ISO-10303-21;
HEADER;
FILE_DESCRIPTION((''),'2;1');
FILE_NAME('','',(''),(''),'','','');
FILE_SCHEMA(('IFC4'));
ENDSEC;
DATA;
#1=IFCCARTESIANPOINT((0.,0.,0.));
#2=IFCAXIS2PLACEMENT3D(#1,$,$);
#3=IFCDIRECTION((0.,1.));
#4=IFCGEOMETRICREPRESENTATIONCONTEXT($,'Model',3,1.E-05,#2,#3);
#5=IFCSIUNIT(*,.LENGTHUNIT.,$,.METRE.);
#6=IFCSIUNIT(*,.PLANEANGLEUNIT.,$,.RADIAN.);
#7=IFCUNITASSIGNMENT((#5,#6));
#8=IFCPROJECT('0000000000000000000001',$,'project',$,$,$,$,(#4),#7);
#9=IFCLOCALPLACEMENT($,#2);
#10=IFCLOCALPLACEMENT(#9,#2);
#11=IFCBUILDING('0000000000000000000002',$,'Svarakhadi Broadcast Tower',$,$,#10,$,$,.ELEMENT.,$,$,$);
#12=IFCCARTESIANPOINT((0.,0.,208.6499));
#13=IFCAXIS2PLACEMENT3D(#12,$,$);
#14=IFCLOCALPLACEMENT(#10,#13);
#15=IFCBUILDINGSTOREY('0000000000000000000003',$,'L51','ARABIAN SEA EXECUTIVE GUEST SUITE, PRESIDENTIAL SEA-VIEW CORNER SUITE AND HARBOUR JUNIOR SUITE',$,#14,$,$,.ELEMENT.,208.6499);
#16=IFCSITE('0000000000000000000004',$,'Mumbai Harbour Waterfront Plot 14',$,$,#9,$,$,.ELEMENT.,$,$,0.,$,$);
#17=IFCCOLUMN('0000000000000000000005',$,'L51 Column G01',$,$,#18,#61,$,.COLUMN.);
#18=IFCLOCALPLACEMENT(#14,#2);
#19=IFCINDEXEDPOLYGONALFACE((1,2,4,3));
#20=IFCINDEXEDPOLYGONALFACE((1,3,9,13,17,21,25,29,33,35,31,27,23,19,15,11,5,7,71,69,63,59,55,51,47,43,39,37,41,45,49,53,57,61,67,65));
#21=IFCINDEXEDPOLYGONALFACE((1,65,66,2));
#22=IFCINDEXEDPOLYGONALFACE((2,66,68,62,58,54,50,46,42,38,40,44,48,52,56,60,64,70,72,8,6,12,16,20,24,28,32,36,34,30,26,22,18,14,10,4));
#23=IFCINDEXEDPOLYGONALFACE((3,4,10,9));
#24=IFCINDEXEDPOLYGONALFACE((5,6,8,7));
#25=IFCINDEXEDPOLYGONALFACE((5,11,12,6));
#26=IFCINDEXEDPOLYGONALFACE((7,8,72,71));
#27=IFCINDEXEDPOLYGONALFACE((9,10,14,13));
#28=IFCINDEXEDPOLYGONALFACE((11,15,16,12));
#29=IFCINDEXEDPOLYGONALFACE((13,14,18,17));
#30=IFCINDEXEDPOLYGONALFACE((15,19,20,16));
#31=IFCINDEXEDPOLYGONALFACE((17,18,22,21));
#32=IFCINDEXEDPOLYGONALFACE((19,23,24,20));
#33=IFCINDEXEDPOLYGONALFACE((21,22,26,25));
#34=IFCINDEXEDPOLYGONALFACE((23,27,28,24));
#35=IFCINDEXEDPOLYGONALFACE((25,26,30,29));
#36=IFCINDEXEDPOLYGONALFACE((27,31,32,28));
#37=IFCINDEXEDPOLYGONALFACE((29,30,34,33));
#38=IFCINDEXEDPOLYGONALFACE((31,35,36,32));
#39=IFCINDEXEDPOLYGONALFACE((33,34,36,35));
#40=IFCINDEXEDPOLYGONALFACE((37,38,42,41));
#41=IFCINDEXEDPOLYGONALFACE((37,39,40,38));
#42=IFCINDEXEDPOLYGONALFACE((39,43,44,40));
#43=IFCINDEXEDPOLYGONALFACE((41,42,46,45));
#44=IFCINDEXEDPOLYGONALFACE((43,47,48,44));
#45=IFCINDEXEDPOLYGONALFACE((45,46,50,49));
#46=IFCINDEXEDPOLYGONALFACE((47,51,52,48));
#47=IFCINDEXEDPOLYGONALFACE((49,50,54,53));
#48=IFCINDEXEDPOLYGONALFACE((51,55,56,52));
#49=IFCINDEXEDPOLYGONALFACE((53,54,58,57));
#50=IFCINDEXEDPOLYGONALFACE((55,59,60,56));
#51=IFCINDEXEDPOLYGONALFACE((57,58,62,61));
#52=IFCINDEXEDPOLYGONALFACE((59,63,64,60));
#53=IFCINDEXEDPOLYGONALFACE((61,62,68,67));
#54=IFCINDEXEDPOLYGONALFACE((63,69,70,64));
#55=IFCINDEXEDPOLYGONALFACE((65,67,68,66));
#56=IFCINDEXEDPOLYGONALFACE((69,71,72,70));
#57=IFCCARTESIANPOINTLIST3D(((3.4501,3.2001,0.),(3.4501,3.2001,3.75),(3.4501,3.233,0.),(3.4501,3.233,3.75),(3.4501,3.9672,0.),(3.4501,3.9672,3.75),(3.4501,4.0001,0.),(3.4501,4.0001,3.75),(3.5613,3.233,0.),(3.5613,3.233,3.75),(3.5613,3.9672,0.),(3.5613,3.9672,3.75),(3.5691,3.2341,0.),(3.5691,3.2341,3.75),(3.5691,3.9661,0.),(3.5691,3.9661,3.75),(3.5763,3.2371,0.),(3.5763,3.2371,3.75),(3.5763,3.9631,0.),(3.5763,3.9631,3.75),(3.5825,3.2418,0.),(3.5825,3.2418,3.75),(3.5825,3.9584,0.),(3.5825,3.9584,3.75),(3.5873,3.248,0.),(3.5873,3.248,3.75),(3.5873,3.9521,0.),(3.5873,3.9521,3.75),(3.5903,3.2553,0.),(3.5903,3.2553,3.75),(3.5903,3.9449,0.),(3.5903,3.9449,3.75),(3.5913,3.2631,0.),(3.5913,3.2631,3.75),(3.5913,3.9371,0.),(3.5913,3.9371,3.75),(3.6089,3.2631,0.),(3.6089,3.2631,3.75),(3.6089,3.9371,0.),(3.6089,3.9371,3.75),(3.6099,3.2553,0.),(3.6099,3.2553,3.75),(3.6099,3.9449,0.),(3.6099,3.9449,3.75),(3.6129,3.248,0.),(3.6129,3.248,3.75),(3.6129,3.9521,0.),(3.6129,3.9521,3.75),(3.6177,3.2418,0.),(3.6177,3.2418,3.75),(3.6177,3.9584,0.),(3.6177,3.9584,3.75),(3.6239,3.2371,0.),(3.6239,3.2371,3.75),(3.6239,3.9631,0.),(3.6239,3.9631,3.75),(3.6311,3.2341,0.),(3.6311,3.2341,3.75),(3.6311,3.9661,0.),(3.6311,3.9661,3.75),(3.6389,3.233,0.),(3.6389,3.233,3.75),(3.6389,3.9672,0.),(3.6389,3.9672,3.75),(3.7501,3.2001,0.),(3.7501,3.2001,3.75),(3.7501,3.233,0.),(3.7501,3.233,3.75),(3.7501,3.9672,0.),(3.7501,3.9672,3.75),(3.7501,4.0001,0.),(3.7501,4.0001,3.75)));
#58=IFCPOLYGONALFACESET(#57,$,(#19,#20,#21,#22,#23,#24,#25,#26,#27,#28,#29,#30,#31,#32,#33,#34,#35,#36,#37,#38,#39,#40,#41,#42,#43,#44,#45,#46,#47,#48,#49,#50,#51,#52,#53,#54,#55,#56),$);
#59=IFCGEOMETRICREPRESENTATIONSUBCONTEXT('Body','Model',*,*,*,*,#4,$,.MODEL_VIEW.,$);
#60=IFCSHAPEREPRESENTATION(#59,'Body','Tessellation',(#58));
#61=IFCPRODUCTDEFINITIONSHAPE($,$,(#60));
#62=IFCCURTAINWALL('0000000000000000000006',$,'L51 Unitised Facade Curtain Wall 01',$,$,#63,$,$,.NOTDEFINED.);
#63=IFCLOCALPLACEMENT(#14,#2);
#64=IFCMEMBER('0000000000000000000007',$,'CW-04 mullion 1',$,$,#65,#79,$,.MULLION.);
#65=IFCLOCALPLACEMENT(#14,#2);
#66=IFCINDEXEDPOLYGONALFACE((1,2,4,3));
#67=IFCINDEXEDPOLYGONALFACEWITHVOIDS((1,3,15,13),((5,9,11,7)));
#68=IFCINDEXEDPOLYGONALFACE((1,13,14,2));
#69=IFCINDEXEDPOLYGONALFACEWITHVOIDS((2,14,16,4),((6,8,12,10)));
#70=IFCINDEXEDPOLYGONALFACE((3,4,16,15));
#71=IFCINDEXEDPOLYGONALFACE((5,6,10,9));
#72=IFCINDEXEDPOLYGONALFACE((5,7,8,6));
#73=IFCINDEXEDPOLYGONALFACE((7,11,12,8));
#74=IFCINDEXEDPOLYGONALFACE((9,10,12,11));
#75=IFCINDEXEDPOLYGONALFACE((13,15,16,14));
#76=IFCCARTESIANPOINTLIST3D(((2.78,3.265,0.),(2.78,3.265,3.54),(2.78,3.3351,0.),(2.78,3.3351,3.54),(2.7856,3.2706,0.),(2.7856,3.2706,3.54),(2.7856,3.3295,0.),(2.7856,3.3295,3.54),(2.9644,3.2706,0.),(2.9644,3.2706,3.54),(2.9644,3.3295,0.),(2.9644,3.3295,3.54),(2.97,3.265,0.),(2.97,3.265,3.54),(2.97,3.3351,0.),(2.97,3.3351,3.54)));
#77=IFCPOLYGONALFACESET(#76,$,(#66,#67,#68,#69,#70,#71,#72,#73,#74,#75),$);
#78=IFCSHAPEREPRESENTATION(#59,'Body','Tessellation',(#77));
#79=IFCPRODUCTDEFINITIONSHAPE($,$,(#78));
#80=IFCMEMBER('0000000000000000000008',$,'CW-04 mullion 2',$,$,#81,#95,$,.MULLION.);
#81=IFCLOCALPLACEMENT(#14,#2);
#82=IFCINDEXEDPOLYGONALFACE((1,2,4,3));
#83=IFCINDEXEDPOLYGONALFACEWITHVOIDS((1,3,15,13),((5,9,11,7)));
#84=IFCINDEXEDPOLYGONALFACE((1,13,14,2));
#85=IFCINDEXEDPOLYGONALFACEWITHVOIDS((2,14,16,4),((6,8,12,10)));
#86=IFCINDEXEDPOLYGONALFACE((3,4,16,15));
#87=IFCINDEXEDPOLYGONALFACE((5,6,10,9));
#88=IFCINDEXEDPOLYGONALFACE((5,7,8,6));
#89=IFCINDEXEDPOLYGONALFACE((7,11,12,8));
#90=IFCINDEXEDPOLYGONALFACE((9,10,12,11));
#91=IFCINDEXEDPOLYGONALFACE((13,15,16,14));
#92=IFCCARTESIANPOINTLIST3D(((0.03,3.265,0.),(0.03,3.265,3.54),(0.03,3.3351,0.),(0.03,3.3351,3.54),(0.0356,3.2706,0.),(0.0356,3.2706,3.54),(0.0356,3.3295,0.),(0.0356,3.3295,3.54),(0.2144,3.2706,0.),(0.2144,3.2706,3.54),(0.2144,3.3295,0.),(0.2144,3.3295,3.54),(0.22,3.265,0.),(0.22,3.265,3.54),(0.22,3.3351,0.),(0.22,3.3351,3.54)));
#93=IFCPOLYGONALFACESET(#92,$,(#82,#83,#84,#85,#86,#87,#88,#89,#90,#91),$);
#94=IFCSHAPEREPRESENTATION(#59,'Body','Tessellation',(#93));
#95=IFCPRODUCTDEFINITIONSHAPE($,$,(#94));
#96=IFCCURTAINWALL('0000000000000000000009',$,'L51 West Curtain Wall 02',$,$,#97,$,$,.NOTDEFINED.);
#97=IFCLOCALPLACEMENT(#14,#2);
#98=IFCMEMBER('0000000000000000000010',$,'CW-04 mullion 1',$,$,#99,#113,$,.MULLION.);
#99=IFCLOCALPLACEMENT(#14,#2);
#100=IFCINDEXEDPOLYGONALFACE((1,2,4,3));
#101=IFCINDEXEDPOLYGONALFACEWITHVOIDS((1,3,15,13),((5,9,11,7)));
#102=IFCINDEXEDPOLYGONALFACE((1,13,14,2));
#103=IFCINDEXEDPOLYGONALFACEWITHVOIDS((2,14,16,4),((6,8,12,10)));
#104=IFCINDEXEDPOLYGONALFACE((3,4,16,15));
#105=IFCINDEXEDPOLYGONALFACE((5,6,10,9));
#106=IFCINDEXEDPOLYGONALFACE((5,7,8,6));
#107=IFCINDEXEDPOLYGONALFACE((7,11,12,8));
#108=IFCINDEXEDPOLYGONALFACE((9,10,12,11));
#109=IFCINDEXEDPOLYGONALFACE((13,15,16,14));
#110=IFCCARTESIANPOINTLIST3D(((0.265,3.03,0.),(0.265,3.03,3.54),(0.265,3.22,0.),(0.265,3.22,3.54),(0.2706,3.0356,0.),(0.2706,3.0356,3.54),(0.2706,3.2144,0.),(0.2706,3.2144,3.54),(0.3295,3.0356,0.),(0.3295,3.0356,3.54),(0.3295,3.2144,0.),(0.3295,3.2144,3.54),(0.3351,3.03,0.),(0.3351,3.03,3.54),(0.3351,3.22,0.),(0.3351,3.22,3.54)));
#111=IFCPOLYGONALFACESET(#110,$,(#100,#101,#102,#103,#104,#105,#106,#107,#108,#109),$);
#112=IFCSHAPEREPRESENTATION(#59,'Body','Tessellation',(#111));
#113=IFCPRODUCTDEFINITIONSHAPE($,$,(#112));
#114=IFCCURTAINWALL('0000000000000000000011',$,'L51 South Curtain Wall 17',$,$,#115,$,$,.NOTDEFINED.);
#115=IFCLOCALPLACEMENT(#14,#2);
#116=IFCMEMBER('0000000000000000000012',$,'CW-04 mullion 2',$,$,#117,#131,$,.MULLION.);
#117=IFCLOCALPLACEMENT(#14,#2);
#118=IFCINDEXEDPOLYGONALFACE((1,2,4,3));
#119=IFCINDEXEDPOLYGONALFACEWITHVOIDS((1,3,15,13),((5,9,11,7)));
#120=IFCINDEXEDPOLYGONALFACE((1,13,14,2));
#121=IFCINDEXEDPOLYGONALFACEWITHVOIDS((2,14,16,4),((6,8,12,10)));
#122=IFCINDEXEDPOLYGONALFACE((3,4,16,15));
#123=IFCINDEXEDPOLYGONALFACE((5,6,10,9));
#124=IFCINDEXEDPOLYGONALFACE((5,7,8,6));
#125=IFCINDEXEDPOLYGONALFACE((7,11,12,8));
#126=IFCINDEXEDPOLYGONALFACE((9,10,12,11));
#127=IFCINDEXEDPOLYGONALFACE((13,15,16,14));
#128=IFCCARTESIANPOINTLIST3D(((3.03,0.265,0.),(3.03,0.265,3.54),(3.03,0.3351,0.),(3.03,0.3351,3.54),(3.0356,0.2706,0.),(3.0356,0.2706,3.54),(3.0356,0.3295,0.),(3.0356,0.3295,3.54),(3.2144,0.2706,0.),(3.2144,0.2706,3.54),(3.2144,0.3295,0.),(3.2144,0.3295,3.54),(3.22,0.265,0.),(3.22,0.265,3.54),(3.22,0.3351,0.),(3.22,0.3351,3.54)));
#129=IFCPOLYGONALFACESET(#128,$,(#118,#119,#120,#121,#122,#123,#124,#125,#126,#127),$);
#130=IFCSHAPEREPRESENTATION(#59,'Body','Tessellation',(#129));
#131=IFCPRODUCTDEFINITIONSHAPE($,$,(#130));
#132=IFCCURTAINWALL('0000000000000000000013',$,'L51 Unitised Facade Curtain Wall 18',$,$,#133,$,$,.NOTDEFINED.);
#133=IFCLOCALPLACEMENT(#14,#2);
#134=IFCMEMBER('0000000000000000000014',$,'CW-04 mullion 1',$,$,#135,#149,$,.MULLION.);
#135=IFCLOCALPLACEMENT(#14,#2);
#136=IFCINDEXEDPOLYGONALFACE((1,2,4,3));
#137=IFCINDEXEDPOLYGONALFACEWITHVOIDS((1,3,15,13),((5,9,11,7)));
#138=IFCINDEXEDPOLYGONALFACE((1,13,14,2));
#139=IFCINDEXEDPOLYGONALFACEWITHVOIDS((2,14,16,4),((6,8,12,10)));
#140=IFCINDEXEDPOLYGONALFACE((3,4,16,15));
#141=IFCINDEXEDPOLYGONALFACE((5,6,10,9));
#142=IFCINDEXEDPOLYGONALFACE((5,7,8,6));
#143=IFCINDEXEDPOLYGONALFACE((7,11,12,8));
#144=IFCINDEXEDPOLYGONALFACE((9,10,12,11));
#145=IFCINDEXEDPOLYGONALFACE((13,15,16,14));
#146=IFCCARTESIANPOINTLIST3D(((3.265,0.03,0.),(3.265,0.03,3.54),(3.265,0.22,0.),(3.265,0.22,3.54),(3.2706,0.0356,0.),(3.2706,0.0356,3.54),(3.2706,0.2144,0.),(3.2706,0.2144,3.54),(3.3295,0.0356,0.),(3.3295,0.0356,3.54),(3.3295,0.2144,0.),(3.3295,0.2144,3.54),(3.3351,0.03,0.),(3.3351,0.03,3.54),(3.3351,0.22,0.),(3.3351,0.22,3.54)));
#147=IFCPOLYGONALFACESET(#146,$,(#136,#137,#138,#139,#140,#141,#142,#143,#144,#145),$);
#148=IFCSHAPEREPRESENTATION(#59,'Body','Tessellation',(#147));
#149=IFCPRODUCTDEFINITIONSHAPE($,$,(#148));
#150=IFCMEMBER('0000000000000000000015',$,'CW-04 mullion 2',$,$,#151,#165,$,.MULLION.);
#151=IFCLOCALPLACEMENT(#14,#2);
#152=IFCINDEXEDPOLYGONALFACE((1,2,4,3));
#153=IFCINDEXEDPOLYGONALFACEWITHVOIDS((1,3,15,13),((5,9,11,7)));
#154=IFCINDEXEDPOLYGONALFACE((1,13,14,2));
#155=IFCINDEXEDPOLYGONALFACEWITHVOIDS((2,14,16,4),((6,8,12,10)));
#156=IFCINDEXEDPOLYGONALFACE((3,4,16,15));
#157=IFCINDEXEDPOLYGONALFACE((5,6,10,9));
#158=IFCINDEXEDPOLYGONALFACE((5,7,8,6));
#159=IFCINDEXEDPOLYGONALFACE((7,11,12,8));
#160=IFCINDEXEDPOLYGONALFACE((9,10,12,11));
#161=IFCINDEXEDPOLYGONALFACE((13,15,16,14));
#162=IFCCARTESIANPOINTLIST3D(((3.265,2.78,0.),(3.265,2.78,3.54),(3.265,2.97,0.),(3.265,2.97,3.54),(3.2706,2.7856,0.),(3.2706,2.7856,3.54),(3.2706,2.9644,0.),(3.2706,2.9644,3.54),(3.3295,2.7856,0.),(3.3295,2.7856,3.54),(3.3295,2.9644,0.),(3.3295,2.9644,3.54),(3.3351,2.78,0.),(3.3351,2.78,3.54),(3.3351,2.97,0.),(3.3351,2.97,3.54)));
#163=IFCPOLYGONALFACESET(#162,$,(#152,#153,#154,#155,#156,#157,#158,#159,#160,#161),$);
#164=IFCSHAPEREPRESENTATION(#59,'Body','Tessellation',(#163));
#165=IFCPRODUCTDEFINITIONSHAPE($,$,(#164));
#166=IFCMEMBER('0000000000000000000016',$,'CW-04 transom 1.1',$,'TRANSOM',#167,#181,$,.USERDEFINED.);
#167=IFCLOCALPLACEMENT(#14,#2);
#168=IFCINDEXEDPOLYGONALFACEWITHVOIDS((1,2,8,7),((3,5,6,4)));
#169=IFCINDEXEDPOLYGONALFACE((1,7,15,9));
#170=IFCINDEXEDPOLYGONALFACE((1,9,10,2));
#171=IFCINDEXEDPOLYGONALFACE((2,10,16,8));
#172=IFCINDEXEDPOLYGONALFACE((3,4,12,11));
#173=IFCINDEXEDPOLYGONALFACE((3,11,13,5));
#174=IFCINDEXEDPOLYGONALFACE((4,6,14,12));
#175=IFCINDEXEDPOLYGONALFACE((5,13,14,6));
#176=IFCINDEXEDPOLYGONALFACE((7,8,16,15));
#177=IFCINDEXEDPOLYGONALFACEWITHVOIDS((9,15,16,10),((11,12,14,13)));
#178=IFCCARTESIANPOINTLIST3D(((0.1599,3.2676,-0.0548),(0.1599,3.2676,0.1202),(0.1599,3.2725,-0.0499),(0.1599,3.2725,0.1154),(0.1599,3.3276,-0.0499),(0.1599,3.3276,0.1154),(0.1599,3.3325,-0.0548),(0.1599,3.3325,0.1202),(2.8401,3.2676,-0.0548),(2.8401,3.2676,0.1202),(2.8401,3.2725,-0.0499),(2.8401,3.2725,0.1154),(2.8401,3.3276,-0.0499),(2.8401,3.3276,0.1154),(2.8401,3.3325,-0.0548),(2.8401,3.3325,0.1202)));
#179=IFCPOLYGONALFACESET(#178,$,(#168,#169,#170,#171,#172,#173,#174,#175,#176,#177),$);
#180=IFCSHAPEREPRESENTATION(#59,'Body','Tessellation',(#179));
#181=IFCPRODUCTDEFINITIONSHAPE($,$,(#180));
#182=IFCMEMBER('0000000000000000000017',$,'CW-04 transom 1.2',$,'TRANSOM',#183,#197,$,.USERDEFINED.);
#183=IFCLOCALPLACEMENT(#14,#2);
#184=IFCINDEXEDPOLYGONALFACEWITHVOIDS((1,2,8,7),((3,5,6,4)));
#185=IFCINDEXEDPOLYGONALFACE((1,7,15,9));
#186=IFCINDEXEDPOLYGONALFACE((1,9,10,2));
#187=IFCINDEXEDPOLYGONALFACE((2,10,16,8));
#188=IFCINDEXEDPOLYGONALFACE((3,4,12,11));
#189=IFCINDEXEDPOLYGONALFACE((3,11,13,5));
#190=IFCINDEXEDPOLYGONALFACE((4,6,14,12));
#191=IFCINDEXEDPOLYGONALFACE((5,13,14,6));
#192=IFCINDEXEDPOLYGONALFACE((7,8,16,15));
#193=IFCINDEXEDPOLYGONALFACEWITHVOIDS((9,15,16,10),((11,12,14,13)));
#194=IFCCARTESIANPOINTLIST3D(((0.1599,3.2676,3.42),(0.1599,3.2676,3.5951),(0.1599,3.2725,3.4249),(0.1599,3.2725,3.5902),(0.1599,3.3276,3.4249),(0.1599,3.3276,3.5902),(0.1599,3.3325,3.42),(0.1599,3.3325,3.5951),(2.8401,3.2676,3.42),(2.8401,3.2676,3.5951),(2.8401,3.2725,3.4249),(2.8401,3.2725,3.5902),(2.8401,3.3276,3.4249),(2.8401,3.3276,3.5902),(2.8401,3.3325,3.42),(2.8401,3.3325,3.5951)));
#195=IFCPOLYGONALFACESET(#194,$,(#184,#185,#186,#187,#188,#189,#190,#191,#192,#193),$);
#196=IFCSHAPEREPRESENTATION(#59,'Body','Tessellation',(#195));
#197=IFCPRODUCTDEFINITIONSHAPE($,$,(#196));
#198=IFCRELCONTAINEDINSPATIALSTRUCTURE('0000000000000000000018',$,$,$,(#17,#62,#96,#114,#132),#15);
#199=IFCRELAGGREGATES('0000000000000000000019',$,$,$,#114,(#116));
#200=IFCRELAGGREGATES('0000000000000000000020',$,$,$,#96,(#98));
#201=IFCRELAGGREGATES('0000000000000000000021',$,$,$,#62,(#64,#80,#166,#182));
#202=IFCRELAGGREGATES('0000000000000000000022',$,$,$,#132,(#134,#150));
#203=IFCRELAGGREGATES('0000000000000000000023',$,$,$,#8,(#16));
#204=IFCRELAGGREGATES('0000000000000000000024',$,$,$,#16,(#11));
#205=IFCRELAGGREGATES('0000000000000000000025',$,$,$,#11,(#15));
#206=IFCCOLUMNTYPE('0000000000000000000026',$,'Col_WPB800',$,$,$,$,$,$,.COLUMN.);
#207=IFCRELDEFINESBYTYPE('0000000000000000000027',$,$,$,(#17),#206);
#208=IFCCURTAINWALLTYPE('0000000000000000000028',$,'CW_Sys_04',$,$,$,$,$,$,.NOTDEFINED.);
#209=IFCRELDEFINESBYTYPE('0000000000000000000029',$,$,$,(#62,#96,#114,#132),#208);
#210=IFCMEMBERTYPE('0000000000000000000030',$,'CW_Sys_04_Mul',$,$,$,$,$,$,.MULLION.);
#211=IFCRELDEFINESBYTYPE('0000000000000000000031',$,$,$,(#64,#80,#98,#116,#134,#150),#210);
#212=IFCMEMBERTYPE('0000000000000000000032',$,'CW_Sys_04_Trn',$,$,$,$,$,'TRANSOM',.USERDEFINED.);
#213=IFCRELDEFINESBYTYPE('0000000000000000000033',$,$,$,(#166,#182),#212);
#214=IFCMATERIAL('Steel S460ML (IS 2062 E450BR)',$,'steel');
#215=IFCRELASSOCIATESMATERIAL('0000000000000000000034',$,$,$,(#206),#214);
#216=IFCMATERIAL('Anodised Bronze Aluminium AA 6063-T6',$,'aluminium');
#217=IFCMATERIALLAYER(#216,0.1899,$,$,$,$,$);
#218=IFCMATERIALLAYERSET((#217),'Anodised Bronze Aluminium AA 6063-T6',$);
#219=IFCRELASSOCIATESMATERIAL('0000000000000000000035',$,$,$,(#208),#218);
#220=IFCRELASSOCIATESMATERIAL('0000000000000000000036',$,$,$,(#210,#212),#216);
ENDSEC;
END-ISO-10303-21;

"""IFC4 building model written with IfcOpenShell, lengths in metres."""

from ifc_helpers import new_model, si_unit, direction, frame, origin, origin_2d, place, context, subcontext, project, spatial, hollow_rectangle, i_section, extrude, material, layer, layer_set, material_profile, profile_set, type_object, element, aggregate, save


model = new_model("IFC4")

# Units and contexts
model_context = context("Model", 3, precision=1e-05, world=origin(), true_north=direction((0.0, 1.0)))
body_context = subcontext(model_context, "Body", "Model", "MODEL_VIEW")
ifc_project = project(units=[si_unit("LENGTHUNIT", "METRE"), si_unit("PLANEANGLEUNIT", "RADIAN")], contexts=[model_context])

# Site, building, storey
site_placement = place(None, origin())
site = spatial("IfcSite", under=ifc_project, at=site_placement, Name="Mumbai Harbour Waterfront Plot 14", CompositionType="ELEMENT", RefElevation=0.0)
building_placement = place(site_placement, origin())
building = spatial("IfcBuilding", under=site, at=building_placement, Name="Svarakhadi Broadcast Tower", CompositionType="ELEMENT")
storey_placement = place(building_placement, frame((0.0, 0.0, 208.6499)))
storey = spatial("IfcBuildingStorey", under=building, at=storey_placement, Name="L51", Description="ARABIAN SEA EXECUTIVE GUEST SUITE, PRESIDENTIAL SEA-VIEW CORNER SUITE AND HARBOUR JUNIOR SUITE", CompositionType="ELEMENT", Elevation=208.6499)

# Column
ifc_material_1 = material(Name="Steel S460ML (IS 2062 E450BR)", Category="steel")
ifc_material_profile_1 = material_profile(ifc_material_1, i_section(OverallWidth=0.3, OverallDepth=0.8, WebThickness=0.0176, FlangeThickness=0.033, FilletRadius=0.03, at=origin_2d()), Name="WPB 800x300x262")
ifc_profile_set_1 = profile_set([ifc_material_profile_1], Name="Steel S460ML (IS 2062 E450BR)")
column_type = type_object("IfcColumnType", Name="Col_WPB800", PredefinedType="COLUMN", material=ifc_profile_set_1)
column_placement = place(storey_placement, frame((3.6001, 3.6001, 0.0), z_axis=(0.0, 0.0, 1.0), x_axis=(1.0, 0.0, 0.0)))
element("IfcColumn", 1, at=column_placement, inside=storey, type_object=column_type, Name="L51 Column G01", PredefinedType="COLUMN", context=body_context, shape_type="SweptSolid", body=[
    extrude(i_section(OverallWidth=0.3, OverallDepth=0.8, WebThickness=0.0176, FlangeThickness=0.033, FilletRadius=0.03, at=origin_2d()), origin(), (0.0, 0.0, 1.0), 3.75),
])

# Curtain wall, members
ifc_material_2 = material(Name="Anodised Bronze Aluminium AA 6063-T6", Category="aluminium")
ifc_layer_1 = layer(ifc_material_2, 0.1899)
ifc_layer_set_1 = layer_set([ifc_layer_1], Name="Anodised Bronze Aluminium AA 6063-T6")
curtain_wall_type = type_object("IfcCurtainWallType", Name="CW_Sys_04", PredefinedType="NOTDEFINED", material=ifc_layer_set_1)
curtain_wall_1_placement = place(storey_placement, origin())
curtain_wall_1 = element("IfcCurtainWall", 2, at=curtain_wall_1_placement, inside=storey, type_object=curtain_wall_type, Name="L51 Unitised Facade Curtain Wall 01", PredefinedType="NOTDEFINED")
ifc_material_profile_2 = material_profile(ifc_material_2, hollow_rectangle(XDim=0.0701, YDim=0.1899, WallThickness=0.0056, at=origin_2d()), Name="ALU MULLION 190x70x6")
ifc_profile_set_2 = profile_set([ifc_material_profile_2], Name="Anodised Bronze Aluminium AA 6063-T6")
member_type_1 = type_object("IfcMemberType", Name="CW_Sys_04_Mul", PredefinedType="MULLION", material=ifc_profile_set_2)
member_1_placement = place(storey_placement, frame((2.875, 3.3, 0.0), z_axis=(0.0, 0.0, 1.0), x_axis=(0.0, -1.0, 0.0)))
member_1 = element("IfcMember", 3, at=member_1_placement, type_object=member_type_1, Name="CW-04 mullion 1", PredefinedType="MULLION", context=body_context, shape_type="SweptSolid", body=[
    extrude(hollow_rectangle(XDim=0.0701, YDim=0.1899, WallThickness=0.0056, at=origin_2d()), origin(), (0.0, 0.0, 1.0), 3.54),
])
member_2_placement = place(storey_placement, frame((0.125, 3.3, 0.0), z_axis=(0.0, 0.0, 1.0), x_axis=(0.0, -1.0, 0.0)))
member_2 = element("IfcMember", 4, at=member_2_placement, type_object=member_type_1, Name="CW-04 mullion 2", PredefinedType="MULLION", context=body_context, shape_type="SweptSolid", body=[
    extrude(hollow_rectangle(XDim=0.0701, YDim=0.1899, WallThickness=0.0056, at=origin_2d()), origin(), (0.0, 0.0, 1.0), 3.54),
])

# Curtain walls, members
curtain_wall_2_placement = place(storey_placement, origin())
curtain_wall_2 = element("IfcCurtainWall", 5, at=curtain_wall_2_placement, inside=storey, type_object=curtain_wall_type, Name="L51 West Curtain Wall 02", PredefinedType="NOTDEFINED")
member_3_placement = place(storey_placement, frame((0.3, 3.125, 0.0), z_axis=(0.0, 0.0, 1.0), x_axis=(-1.0, 0.0, 0.0)))
member_3 = element("IfcMember", 6, at=member_3_placement, type_object=member_type_1, Name="CW-04 mullion 1", PredefinedType="MULLION", context=body_context, shape_type="SweptSolid", body=[
    extrude(hollow_rectangle(XDim=0.0701, YDim=0.1899, WallThickness=0.0056, at=origin_2d()), origin(), (0.0, 0.0, 1.0), 3.54),
])
curtain_wall_3_placement = place(storey_placement, origin())
curtain_wall_3 = element("IfcCurtainWall", 7, at=curtain_wall_3_placement, inside=storey, type_object=curtain_wall_type, Name="L51 South Curtain Wall 17", PredefinedType="NOTDEFINED")
member_4_placement = place(storey_placement, frame((3.125, 0.3, 0.0), z_axis=(0.0, 0.0, 1.0), x_axis=(0.0, -1.0, 0.0)))
member_4 = element("IfcMember", 8, at=member_4_placement, type_object=member_type_1, Name="CW-04 mullion 2", PredefinedType="MULLION", context=body_context, shape_type="SweptSolid", body=[
    extrude(hollow_rectangle(XDim=0.0701, YDim=0.1899, WallThickness=0.0056, at=origin_2d()), origin(), (0.0, 0.0, 1.0), 3.54),
])
aggregate(curtain_wall_3, [member_4])

# Curtain wall, members
curtain_wall_4_placement = place(storey_placement, origin())
curtain_wall_4 = element("IfcCurtainWall", 9, at=curtain_wall_4_placement, inside=storey, type_object=curtain_wall_type, Name="L51 Unitised Facade Curtain Wall 18", PredefinedType="NOTDEFINED")
member_5_placement = place(storey_placement, frame((3.3, 0.125, 0.0), z_axis=(0.0, 0.0, 1.0), x_axis=(-1.0, 0.0, 0.0)))
member_5 = element("IfcMember", 10, at=member_5_placement, type_object=member_type_1, Name="CW-04 mullion 1", PredefinedType="MULLION", context=body_context, shape_type="SweptSolid", body=[
    extrude(hollow_rectangle(XDim=0.0701, YDim=0.1899, WallThickness=0.0056, at=origin_2d()), origin(), (0.0, 0.0, 1.0), 3.54),
])
member_6_placement = place(storey_placement, frame((3.3, 2.875, 0.0), z_axis=(0.0, 0.0, 1.0), x_axis=(-1.0, 0.0, 0.0)))
member_6 = element("IfcMember", 11, at=member_6_placement, type_object=member_type_1, Name="CW-04 mullion 2", PredefinedType="MULLION", context=body_context, shape_type="SweptSolid", body=[
    extrude(hollow_rectangle(XDim=0.0701, YDim=0.1899, WallThickness=0.0056, at=origin_2d()), origin(), (0.0, 0.0, 1.0), 3.54),
])

# Members
ifc_material_profile_3 = material_profile(ifc_material_2, hollow_rectangle(XDim=0.0649, YDim=0.175, WallThickness=0.0049, at=origin_2d()), Name="ALU TRANSOM 175x65x5")
ifc_profile_set_3 = profile_set([ifc_material_profile_3], Name="Anodised Bronze Aluminium AA 6063-T6")
member_type_2 = type_object("IfcMemberType", Name="CW_Sys_04_Trn", ElementType="TRANSOM", PredefinedType="USERDEFINED", material=ifc_profile_set_3)
member_7_placement = place(storey_placement, frame((2.8401, 3.3, 0.0327), z_axis=(-1.0, 0.0, 0.0), x_axis=(0.0, -1.0, 0.0)))
member_7 = element("IfcMember", 12, at=member_7_placement, type_object=member_type_2, Name="CW-04 transom 1.1", ObjectType="TRANSOM", PredefinedType="USERDEFINED", context=body_context, shape_type="SweptSolid", body=[
    extrude(hollow_rectangle(XDim=0.0649, YDim=0.175, WallThickness=0.0049, at=origin_2d()), origin(), (0.0, 0.0, 1.0), 2.6802),
])
member_8_placement = place(storey_placement, frame((2.8401, 3.3, 3.5076), z_axis=(-1.0, 0.0, 0.0), x_axis=(0.0, -1.0, 0.0)))
member_8 = element("IfcMember", 13, at=member_8_placement, type_object=member_type_2, Name="CW-04 transom 1.2", ObjectType="TRANSOM", PredefinedType="USERDEFINED", context=body_context, shape_type="SweptSolid", body=[
    extrude(hollow_rectangle(XDim=0.0649, YDim=0.175, WallThickness=0.0049, at=origin_2d()), origin(), (0.0, 0.0, 1.0), 2.6802),
])
aggregate(curtain_wall_2, [member_3])

aggregate(curtain_wall_1, [member_1, member_2, member_7, member_8])
aggregate(curtain_wall_4, [member_5, member_6])

save(model, "model.ifc")
